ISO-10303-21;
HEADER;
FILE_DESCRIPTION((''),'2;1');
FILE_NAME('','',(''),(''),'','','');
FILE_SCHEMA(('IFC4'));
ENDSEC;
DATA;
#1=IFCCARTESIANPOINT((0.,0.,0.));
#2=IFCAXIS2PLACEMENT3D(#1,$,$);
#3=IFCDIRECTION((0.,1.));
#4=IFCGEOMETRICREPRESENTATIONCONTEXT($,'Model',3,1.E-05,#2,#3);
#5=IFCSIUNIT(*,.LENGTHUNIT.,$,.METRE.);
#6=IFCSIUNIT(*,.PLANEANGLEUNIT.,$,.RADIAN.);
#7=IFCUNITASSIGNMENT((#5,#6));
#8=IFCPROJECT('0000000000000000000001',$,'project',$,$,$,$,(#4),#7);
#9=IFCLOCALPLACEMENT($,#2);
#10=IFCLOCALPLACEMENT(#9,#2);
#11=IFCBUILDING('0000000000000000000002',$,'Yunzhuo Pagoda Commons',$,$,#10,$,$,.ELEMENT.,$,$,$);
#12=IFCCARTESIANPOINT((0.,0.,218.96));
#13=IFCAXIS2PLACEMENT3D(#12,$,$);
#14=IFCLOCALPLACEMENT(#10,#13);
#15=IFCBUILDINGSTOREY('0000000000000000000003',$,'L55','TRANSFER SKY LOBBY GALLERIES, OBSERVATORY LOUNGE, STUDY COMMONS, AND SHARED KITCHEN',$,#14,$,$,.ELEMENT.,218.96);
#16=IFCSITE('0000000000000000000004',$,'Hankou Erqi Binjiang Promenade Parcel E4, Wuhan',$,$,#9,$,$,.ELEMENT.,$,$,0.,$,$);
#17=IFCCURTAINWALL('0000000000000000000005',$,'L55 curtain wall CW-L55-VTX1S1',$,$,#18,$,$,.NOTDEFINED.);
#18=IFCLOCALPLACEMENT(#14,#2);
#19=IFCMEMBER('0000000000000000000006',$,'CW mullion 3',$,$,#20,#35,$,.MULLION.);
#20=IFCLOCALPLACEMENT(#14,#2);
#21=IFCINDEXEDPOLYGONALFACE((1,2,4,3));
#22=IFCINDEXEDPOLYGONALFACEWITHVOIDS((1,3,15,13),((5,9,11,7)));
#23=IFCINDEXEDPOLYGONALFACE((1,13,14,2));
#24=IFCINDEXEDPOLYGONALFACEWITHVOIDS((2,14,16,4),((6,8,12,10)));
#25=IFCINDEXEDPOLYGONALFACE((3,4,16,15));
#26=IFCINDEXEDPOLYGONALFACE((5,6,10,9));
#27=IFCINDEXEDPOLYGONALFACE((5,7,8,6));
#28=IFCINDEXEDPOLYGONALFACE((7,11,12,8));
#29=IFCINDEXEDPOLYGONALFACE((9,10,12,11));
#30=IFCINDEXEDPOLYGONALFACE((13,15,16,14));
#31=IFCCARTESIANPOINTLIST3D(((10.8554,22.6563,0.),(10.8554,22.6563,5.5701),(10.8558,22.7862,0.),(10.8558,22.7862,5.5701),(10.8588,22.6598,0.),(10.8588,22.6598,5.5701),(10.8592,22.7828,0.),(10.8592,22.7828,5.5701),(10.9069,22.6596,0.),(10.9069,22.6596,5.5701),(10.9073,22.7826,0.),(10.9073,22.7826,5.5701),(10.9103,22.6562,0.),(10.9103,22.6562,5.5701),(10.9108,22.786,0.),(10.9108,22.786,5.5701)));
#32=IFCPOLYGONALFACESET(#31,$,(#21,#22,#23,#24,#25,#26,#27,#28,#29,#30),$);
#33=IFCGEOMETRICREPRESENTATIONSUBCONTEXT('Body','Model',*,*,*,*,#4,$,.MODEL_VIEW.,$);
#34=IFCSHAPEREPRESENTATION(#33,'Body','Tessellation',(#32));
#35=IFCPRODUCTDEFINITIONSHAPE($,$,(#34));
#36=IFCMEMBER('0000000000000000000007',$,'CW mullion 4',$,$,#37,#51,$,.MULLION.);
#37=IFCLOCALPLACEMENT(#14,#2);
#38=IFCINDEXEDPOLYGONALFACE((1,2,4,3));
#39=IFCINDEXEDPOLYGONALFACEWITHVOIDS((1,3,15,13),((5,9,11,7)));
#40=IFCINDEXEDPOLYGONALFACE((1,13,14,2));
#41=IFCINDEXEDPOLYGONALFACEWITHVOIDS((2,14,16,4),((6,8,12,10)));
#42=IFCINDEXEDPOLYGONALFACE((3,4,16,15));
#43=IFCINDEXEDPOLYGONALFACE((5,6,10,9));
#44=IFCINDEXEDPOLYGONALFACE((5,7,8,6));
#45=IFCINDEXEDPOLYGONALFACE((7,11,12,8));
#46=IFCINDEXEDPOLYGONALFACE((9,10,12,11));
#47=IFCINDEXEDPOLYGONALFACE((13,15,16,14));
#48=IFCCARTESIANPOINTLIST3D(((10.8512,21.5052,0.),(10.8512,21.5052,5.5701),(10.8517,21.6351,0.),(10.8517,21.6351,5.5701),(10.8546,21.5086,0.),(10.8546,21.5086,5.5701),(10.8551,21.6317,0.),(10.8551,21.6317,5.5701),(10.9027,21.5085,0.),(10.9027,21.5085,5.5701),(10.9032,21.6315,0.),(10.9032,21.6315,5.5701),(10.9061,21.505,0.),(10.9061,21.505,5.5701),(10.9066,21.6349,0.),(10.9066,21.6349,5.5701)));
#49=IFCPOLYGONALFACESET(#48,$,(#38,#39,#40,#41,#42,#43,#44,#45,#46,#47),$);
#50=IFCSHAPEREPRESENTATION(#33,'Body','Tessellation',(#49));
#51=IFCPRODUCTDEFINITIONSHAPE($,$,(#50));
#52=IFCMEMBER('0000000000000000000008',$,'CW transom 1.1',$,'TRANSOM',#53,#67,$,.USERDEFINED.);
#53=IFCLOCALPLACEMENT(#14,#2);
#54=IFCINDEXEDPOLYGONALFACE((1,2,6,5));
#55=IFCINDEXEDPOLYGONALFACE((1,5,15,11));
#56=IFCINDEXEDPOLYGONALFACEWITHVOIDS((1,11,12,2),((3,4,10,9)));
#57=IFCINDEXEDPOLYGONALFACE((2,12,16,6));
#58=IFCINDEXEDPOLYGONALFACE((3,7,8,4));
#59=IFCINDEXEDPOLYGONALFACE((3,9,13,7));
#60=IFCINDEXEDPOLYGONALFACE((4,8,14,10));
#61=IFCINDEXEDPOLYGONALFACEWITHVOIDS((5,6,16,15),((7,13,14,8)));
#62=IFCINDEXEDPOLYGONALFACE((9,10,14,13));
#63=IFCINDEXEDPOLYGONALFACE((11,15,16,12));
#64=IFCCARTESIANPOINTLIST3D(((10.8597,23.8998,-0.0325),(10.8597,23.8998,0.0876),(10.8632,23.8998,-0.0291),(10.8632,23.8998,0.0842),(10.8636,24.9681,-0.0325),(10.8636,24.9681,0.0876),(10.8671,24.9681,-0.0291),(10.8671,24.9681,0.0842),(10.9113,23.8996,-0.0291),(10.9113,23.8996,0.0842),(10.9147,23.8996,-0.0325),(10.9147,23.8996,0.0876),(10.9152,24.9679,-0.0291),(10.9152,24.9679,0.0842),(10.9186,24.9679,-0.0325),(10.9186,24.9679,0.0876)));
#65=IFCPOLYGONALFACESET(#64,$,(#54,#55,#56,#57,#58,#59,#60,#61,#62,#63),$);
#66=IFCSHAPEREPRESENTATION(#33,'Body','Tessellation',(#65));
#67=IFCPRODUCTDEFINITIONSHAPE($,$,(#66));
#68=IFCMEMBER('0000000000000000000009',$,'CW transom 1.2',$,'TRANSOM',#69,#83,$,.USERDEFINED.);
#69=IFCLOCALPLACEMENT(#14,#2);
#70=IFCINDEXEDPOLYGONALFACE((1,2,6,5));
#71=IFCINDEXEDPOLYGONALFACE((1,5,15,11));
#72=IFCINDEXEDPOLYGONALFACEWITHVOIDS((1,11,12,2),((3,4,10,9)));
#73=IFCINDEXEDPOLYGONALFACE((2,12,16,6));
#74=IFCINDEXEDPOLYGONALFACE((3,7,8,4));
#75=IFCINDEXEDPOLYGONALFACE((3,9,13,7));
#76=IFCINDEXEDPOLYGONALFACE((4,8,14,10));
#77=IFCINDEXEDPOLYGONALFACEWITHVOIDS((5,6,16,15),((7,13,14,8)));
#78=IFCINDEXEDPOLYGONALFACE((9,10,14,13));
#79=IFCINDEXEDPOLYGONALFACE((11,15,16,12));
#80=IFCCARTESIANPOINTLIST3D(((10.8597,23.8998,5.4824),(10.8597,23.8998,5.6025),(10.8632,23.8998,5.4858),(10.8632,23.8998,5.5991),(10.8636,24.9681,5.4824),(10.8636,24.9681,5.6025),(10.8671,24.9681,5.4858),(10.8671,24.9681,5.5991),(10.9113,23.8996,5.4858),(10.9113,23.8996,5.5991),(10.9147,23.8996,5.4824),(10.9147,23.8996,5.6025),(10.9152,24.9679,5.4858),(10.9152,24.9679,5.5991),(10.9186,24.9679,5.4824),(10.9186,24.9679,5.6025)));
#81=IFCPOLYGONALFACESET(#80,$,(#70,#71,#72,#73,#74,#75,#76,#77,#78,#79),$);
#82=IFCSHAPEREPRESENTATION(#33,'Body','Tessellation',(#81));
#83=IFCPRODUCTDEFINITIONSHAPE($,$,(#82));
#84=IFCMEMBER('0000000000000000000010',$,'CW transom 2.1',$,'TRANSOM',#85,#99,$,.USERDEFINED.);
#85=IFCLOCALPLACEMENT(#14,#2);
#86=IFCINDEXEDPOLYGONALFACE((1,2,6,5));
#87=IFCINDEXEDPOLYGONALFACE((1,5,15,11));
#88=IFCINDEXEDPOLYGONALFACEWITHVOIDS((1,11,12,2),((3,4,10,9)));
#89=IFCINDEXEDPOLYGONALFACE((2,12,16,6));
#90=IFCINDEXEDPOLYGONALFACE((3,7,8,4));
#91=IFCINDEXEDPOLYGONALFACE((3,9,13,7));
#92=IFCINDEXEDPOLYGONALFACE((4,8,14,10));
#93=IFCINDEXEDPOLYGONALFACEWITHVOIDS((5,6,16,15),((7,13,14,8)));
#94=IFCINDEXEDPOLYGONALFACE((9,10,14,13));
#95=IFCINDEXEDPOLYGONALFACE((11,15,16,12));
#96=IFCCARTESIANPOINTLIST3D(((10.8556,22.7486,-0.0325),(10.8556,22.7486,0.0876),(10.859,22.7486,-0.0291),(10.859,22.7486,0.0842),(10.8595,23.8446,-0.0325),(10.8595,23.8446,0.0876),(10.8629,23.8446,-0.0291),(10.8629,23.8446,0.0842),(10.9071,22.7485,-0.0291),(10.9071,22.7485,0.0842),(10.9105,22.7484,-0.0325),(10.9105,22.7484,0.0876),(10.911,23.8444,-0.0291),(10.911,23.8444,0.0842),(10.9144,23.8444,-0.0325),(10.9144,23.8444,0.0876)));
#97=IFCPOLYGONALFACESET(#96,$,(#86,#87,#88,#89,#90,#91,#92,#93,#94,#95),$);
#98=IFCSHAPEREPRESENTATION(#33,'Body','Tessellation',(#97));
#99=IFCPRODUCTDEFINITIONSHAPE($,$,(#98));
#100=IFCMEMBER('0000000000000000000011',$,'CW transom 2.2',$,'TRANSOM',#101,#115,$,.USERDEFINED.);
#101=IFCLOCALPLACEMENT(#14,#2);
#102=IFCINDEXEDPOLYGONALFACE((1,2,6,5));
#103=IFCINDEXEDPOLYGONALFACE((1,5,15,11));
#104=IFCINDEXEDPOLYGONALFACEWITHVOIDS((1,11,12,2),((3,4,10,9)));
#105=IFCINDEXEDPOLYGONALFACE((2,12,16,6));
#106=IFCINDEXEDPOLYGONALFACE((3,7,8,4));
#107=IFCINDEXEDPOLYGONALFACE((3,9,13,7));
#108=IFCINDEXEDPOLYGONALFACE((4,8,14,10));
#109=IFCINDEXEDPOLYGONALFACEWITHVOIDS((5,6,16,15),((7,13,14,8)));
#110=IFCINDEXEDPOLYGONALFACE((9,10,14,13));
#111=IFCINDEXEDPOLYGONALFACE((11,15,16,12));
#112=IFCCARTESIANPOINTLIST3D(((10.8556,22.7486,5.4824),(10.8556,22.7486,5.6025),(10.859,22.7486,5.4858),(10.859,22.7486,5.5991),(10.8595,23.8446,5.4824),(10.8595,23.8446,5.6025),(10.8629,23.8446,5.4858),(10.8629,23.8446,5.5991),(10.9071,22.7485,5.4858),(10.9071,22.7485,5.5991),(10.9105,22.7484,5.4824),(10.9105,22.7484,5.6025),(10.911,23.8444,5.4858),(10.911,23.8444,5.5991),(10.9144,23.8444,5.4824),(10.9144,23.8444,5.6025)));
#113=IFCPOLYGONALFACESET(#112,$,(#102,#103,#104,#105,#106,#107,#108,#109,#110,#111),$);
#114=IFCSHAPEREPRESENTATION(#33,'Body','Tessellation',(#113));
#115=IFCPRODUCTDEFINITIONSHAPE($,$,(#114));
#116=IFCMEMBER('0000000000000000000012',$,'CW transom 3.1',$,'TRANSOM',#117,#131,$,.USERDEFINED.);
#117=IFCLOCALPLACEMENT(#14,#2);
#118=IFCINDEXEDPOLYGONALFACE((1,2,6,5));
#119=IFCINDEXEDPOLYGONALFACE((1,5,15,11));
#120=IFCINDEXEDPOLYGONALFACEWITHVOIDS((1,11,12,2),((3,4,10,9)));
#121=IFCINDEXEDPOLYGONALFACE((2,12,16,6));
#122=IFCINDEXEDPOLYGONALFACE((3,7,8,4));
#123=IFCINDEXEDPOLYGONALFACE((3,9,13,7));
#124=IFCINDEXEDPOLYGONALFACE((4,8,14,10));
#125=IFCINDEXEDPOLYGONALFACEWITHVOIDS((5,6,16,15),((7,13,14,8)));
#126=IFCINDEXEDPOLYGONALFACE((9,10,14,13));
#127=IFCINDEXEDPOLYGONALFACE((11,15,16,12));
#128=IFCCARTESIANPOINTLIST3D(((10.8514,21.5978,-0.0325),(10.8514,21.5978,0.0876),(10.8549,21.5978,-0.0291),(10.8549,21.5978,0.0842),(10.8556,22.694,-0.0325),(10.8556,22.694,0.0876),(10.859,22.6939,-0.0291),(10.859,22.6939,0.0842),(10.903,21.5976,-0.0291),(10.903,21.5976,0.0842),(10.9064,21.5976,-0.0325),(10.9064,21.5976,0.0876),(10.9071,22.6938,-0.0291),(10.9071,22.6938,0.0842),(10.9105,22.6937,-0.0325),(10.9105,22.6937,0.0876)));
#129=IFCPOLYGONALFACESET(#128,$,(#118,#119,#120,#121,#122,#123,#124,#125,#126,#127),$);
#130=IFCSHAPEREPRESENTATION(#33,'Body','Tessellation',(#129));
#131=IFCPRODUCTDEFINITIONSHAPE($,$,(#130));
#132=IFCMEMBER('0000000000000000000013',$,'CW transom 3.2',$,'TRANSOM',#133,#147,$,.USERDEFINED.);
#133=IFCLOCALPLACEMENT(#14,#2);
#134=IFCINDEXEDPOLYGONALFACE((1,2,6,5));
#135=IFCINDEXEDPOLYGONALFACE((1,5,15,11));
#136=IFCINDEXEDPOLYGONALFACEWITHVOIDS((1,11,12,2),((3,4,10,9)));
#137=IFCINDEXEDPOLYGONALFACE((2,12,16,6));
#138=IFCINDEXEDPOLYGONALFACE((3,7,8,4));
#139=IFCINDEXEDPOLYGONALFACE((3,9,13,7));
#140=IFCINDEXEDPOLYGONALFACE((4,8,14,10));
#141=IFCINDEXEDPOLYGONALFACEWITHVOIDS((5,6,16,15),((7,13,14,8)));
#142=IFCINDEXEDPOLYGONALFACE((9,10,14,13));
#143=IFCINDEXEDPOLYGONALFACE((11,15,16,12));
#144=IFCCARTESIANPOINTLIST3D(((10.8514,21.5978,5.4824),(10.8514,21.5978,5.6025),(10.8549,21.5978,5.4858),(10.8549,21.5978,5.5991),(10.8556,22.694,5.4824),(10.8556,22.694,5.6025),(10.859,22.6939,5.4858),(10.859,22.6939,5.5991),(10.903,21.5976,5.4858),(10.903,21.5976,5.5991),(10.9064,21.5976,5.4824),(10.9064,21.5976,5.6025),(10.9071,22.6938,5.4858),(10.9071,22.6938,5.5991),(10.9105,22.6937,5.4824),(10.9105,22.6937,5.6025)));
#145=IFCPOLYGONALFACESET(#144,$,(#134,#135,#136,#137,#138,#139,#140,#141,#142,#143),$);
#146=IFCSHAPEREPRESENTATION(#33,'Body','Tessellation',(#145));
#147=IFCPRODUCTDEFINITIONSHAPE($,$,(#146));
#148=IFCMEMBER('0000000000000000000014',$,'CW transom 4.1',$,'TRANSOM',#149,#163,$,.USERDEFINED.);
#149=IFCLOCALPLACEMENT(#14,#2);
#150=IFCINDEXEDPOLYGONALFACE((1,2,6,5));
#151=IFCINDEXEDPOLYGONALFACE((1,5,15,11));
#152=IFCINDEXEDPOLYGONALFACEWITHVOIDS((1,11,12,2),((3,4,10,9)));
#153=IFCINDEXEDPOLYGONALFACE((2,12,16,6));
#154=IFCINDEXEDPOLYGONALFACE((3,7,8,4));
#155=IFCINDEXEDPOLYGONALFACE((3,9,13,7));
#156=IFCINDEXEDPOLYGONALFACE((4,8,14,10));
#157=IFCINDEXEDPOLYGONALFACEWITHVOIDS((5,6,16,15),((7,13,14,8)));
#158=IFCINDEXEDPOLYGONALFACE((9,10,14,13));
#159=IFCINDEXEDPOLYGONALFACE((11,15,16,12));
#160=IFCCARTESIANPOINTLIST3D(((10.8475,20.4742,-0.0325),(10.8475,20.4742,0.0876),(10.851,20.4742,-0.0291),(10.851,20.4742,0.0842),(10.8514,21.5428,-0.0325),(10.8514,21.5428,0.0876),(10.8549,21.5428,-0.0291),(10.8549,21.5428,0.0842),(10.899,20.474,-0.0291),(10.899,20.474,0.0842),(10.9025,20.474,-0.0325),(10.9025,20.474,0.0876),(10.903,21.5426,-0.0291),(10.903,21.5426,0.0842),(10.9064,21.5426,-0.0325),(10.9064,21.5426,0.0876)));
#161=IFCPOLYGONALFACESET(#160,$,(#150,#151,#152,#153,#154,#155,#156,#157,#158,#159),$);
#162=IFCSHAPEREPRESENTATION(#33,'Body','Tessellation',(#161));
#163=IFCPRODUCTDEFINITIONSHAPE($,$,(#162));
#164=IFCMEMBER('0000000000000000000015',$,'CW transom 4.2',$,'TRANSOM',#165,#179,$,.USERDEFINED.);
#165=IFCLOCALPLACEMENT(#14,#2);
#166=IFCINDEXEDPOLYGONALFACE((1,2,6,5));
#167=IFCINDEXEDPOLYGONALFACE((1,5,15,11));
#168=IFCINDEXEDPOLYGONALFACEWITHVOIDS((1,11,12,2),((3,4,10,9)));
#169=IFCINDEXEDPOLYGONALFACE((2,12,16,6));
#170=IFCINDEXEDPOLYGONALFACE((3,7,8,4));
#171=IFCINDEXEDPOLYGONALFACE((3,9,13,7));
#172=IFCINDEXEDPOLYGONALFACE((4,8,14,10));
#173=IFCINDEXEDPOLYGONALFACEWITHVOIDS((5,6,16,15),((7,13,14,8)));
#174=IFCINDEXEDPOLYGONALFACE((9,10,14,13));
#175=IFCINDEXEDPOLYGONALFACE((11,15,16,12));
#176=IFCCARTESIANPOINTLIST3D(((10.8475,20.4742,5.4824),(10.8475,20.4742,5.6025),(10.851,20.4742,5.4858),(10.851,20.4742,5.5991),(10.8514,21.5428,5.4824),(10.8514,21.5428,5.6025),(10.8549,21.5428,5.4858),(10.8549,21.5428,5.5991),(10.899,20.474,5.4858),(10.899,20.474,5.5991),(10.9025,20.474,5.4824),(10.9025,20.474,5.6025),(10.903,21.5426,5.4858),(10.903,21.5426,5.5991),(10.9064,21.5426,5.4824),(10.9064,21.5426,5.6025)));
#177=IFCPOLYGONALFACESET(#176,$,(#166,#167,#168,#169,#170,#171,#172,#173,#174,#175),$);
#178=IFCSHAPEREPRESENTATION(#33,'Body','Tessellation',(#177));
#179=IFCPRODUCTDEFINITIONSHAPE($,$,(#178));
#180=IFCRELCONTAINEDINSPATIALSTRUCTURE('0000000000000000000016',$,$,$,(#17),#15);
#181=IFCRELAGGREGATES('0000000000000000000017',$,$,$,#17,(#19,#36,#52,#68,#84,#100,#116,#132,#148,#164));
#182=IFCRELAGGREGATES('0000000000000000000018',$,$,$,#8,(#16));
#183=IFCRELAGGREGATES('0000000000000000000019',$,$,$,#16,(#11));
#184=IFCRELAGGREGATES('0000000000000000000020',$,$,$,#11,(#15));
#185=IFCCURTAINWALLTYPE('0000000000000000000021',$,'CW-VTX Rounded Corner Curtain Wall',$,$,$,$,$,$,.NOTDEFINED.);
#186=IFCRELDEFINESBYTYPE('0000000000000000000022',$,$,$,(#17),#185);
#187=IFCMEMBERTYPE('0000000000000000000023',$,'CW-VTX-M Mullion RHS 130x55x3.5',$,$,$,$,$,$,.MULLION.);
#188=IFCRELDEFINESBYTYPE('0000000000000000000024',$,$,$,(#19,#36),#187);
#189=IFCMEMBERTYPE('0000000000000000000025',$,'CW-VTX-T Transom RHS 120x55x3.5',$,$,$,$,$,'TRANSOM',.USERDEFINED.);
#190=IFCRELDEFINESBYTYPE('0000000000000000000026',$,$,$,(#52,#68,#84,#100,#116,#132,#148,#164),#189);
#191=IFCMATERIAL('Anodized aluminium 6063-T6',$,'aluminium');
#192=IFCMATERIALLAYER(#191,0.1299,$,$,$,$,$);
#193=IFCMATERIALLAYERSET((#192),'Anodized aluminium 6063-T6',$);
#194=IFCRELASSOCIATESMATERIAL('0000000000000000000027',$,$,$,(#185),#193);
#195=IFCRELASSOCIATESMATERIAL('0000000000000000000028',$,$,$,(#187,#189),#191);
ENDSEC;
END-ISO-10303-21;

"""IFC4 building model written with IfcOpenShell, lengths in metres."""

from ifc_helpers import new_model, si_unit, direction, frame, origin, origin_2d, place, context, subcontext, project, spatial, hollow_rectangle, extrude, source, transform, mapped, material, layer, layer_set, material_profile, profile_set, type_object, element, aggregate, save


model = new_model("IFC4")

# Units and contexts
model_context = context("Model", 3, precision=1e-05, world=origin(), true_north=direction((0.0, 1.0)))
body_context = subcontext(model_context, "Body", "Model", "MODEL_VIEW")
ifc_project = project(units=[si_unit("LENGTHUNIT", "METRE"), si_unit("PLANEANGLEUNIT", "RADIAN")], contexts=[model_context])

# Site, building, storey
site_placement = place(None, origin())
site = spatial("IfcSite", under=ifc_project, at=site_placement, Name="Hankou Erqi Binjiang Promenade Parcel E4, Wuhan", CompositionType="ELEMENT", RefElevation=0.0)
building_placement = place(site_placement, origin())
building = spatial("IfcBuilding", under=site, at=building_placement, Name="Yunzhuo Pagoda Commons", CompositionType="ELEMENT")
storey_placement = place(building_placement, frame((0.0, 0.0, 218.96)))
storey = spatial("IfcBuildingStorey", under=building, at=storey_placement, Name="L55", Description="TRANSFER SKY LOBBY GALLERIES, OBSERVATORY LOUNGE, STUDY COMMONS, AND SHARED KITCHEN", CompositionType="ELEMENT", Elevation=218.96)

# Shared definitions
ifc_material_1 = material(Name="Anodized aluminium 6063-T6", Category="aluminium")

# Curtain wall, members
ifc_layer_1 = layer(ifc_material_1, 0.1299)
ifc_layer_set_1 = layer_set([ifc_layer_1], Name="Anodized aluminium 6063-T6")
curtain_wall_type_1 = type_object("IfcCurtainWallType", Name="CW-VTX Rounded Corner Curtain Wall", PredefinedType="NOTDEFINED", material=ifc_layer_set_1)
curtain_wall_1_placement = place(storey_placement, origin())
curtain_wall_1 = element("IfcCurtainWall", 1, at=curtain_wall_1_placement, inside=storey, type_object=curtain_wall_type_1, Name="L55 curtain wall CW-L55-VTX1S1", PredefinedType="NOTDEFINED")
ifc_material_profile_1 = material_profile(ifc_material_1, hollow_rectangle(XDim=0.0549, YDim=0.1299, WallThickness=0.0034, at=origin_2d()), Name="Anodized aluminium 6063-T6")
ifc_profile_set_1 = profile_set([ifc_material_profile_1], Name="Anodized aluminium 6063-T6")
member_type_1 = type_object("IfcMemberType", Name="CW-VTX-M Mullion RHS 130x55x3.5", PredefinedType="MULLION", material=ifc_profile_set_1)
shared_shape_1 = source(origin(), body_context, "Body", "SweptSolid", [
    extrude(hollow_rectangle(XDim=0.0549, YDim=0.1299, WallThickness=0.0034, at=origin_2d()), origin(), (0.0, 0.0, 1.0), 5.5701),
])
member_1_placement = place(storey_placement, frame((10.8831, 22.7212, 0.0), z_axis=(0.0, 0.0, 1.0), x_axis=(0.999994, -0.003584, 0.0)))
member_1 = element("IfcMember", 2, at=member_1_placement, type_object=member_type_1, Name="CW mullion 3", PredefinedType="MULLION", context=body_context, shape_type="MappedRepresentation", body=[
    mapped(shared_shape_1, transform((0.0, 0.0, 0.0), scale=1.0)),
])
member_2_placement = place(storey_placement, frame((10.8789, 21.5701, 0.0), z_axis=(0.0, 0.0, 1.0), x_axis=(0.999994, -0.003584, 0.0)))
member_2 = element("IfcMember", 3, at=member_2_placement, type_object=member_type_1, Name="CW mullion 4", PredefinedType="MULLION", context=body_context, shape_type="MappedRepresentation", body=[
    mapped(shared_shape_1, transform((0.0, 0.0, 0.0), scale=1.0)),
])
ifc_material_profile_2 = material_profile(ifc_material_1, hollow_rectangle(XDim=0.0549, YDim=0.1201, WallThickness=0.0034, at=origin_2d()), Name="Anodized aluminium 6063-T6")
ifc_profile_set_2 = profile_set([ifc_material_profile_2], Name="Anodized aluminium 6063-T6")
member_type_2 = type_object("IfcMemberType", Name="CW-VTX-T Transom RHS 120x55x3.5", ElementType="TRANSOM", PredefinedType="USERDEFINED", material=ifc_profile_set_2)
shared_shape_2 = source(origin(), body_context, "Body", "SweptSolid", [
    extrude(hollow_rectangle(XDim=0.0549, YDim=0.1201, WallThickness=0.0034, at=origin_2d()), origin(), (0.0, 0.0, 1.0), 1.0684),
])
member_3_placement = place(storey_placement, frame((10.8911, 24.968, 0.0276), z_axis=(-0.003656, -0.999993, 0.0), x_axis=(0.999993, -0.003656, 0.0)))
member_3 = element("IfcMember", 4, at=member_3_placement, type_object=member_type_2, Name="CW transom 1.1", ObjectType="TRANSOM", PredefinedType="USERDEFINED", context=body_context, shape_type="MappedRepresentation", body=[
    mapped(shared_shape_2, transform((0.0, 0.0, 0.0), scale=1.0)),
])
member_4_placement = place(storey_placement, frame((10.8911, 24.968, 5.5425), z_axis=(-0.003656, -0.999993, 0.0), x_axis=(0.999993, -0.003656, 0.0)))
member_4 = element("IfcMember", 5, at=member_4_placement, type_object=member_type_2, Name="CW transom 1.2", ObjectType="TRANSOM", PredefinedType="USERDEFINED", context=body_context, shape_type="MappedRepresentation", body=[
    mapped(shared_shape_2, transform((0.0, 0.0, 0.0), scale=1.0)),
])
shared_shape_3 = source(origin(), body_context, "Body", "SweptSolid", [
    extrude(hollow_rectangle(XDim=0.0549, YDim=0.1201, WallThickness=0.0034, at=origin_2d()), origin(), (0.0, 0.0, 1.0), 1.0959),
])
member_5_placement = place(storey_placement, frame((10.887, 23.8445, 0.0276), z_axis=(-0.003564, -0.999994, 0.0), x_axis=(0.999994, -0.003564, 0.0)))
member_5 = element("IfcMember", 6, at=member_5_placement, type_object=member_type_2, Name="CW transom 2.1", ObjectType="TRANSOM", PredefinedType="USERDEFINED", context=body_context, shape_type="MappedRepresentation", body=[
    mapped(shared_shape_3, transform((0.0, 0.0, 0.0), scale=1.0)),
])
member_6_placement = place(storey_placement, frame((10.887, 23.8445, 5.5425), z_axis=(-0.003564, -0.999994, 0.0), x_axis=(0.999994, -0.003564, 0.0)))
member_6 = element("IfcMember", 7, at=member_6_placement, type_object=member_type_2, Name="CW transom 2.2", ObjectType="TRANSOM", PredefinedType="USERDEFINED", context=body_context, shape_type="MappedRepresentation", body=[
    mapped(shared_shape_3, transform((0.0, 0.0, 0.0), scale=1.0)),
])
shared_shape_4 = source(origin(), body_context, "Body", "SweptSolid", [
    extrude(hollow_rectangle(XDim=0.0549, YDim=0.1201, WallThickness=0.0034, at=origin_2d()), origin(), (0.0, 0.0, 1.0), 1.0962),
])
member_7_placement = place(storey_placement, frame((10.8831, 22.6938, 0.0276), z_axis=(-0.003786, -0.999993, 0.0), x_axis=(0.999993, -0.003786, 0.0)))
member_7 = element("IfcMember", 8, at=member_7_placement, type_object=member_type_2, Name="CW transom 3.1", ObjectType="TRANSOM", PredefinedType="USERDEFINED", context=body_context, shape_type="MappedRepresentation", body=[
    mapped(shared_shape_4, transform((0.0, 0.0, 0.0), scale=1.0)),
])
member_8_placement = place(storey_placement, frame((10.8831, 22.6938, 5.5425), z_axis=(-0.003786, -0.999993, 0.0), x_axis=(0.999993, -0.003786, 0.0)))
member_8 = element("IfcMember", 9, at=member_8_placement, type_object=member_type_2, Name="CW transom 3.2", ObjectType="TRANSOM", PredefinedType="USERDEFINED", context=body_context, shape_type="MappedRepresentation", body=[
    mapped(shared_shape_4, transform((0.0, 0.0, 0.0), scale=1.0)),
])
shared_shape_5 = source(origin(), body_context, "Body", "SweptSolid", [
    extrude(hollow_rectangle(XDim=0.0549, YDim=0.1201, WallThickness=0.0034, at=origin_2d()), origin(), (0.0, 0.0, 1.0), 1.0686),
])
member_9_placement = place(storey_placement, frame((10.8789, 21.5427, 0.0276), z_axis=(-0.003655, -0.999993, 0.0), x_axis=(0.999993, -0.003655, 0.0)))
member_9 = element("IfcMember", 10, at=member_9_placement, type_object=member_type_2, Name="CW transom 4.1", ObjectType="TRANSOM", PredefinedType="USERDEFINED", context=body_context, shape_type="MappedRepresentation", body=[
    mapped(shared_shape_5, transform((0.0, 0.0, 0.0), scale=1.0)),
])
member_10_placement = place(storey_placement, frame((10.8789, 21.5427, 5.5425), z_axis=(-0.003655, -0.999993, 0.0), x_axis=(0.999993, -0.003655, 0.0)))
member_10 = element("IfcMember", 11, at=member_10_placement, type_object=member_type_2, Name="CW transom 4.2", ObjectType="TRANSOM", PredefinedType="USERDEFINED", context=body_context, shape_type="MappedRepresentation", body=[
    mapped(shared_shape_5, transform((0.0, 0.0, 0.0), scale=1.0)),
])

aggregate(curtain_wall_1, [member_1, member_2, member_3, member_4, member_5, member_6, member_7, member_8, member_9, member_10])

save(model, "model.ifc")
